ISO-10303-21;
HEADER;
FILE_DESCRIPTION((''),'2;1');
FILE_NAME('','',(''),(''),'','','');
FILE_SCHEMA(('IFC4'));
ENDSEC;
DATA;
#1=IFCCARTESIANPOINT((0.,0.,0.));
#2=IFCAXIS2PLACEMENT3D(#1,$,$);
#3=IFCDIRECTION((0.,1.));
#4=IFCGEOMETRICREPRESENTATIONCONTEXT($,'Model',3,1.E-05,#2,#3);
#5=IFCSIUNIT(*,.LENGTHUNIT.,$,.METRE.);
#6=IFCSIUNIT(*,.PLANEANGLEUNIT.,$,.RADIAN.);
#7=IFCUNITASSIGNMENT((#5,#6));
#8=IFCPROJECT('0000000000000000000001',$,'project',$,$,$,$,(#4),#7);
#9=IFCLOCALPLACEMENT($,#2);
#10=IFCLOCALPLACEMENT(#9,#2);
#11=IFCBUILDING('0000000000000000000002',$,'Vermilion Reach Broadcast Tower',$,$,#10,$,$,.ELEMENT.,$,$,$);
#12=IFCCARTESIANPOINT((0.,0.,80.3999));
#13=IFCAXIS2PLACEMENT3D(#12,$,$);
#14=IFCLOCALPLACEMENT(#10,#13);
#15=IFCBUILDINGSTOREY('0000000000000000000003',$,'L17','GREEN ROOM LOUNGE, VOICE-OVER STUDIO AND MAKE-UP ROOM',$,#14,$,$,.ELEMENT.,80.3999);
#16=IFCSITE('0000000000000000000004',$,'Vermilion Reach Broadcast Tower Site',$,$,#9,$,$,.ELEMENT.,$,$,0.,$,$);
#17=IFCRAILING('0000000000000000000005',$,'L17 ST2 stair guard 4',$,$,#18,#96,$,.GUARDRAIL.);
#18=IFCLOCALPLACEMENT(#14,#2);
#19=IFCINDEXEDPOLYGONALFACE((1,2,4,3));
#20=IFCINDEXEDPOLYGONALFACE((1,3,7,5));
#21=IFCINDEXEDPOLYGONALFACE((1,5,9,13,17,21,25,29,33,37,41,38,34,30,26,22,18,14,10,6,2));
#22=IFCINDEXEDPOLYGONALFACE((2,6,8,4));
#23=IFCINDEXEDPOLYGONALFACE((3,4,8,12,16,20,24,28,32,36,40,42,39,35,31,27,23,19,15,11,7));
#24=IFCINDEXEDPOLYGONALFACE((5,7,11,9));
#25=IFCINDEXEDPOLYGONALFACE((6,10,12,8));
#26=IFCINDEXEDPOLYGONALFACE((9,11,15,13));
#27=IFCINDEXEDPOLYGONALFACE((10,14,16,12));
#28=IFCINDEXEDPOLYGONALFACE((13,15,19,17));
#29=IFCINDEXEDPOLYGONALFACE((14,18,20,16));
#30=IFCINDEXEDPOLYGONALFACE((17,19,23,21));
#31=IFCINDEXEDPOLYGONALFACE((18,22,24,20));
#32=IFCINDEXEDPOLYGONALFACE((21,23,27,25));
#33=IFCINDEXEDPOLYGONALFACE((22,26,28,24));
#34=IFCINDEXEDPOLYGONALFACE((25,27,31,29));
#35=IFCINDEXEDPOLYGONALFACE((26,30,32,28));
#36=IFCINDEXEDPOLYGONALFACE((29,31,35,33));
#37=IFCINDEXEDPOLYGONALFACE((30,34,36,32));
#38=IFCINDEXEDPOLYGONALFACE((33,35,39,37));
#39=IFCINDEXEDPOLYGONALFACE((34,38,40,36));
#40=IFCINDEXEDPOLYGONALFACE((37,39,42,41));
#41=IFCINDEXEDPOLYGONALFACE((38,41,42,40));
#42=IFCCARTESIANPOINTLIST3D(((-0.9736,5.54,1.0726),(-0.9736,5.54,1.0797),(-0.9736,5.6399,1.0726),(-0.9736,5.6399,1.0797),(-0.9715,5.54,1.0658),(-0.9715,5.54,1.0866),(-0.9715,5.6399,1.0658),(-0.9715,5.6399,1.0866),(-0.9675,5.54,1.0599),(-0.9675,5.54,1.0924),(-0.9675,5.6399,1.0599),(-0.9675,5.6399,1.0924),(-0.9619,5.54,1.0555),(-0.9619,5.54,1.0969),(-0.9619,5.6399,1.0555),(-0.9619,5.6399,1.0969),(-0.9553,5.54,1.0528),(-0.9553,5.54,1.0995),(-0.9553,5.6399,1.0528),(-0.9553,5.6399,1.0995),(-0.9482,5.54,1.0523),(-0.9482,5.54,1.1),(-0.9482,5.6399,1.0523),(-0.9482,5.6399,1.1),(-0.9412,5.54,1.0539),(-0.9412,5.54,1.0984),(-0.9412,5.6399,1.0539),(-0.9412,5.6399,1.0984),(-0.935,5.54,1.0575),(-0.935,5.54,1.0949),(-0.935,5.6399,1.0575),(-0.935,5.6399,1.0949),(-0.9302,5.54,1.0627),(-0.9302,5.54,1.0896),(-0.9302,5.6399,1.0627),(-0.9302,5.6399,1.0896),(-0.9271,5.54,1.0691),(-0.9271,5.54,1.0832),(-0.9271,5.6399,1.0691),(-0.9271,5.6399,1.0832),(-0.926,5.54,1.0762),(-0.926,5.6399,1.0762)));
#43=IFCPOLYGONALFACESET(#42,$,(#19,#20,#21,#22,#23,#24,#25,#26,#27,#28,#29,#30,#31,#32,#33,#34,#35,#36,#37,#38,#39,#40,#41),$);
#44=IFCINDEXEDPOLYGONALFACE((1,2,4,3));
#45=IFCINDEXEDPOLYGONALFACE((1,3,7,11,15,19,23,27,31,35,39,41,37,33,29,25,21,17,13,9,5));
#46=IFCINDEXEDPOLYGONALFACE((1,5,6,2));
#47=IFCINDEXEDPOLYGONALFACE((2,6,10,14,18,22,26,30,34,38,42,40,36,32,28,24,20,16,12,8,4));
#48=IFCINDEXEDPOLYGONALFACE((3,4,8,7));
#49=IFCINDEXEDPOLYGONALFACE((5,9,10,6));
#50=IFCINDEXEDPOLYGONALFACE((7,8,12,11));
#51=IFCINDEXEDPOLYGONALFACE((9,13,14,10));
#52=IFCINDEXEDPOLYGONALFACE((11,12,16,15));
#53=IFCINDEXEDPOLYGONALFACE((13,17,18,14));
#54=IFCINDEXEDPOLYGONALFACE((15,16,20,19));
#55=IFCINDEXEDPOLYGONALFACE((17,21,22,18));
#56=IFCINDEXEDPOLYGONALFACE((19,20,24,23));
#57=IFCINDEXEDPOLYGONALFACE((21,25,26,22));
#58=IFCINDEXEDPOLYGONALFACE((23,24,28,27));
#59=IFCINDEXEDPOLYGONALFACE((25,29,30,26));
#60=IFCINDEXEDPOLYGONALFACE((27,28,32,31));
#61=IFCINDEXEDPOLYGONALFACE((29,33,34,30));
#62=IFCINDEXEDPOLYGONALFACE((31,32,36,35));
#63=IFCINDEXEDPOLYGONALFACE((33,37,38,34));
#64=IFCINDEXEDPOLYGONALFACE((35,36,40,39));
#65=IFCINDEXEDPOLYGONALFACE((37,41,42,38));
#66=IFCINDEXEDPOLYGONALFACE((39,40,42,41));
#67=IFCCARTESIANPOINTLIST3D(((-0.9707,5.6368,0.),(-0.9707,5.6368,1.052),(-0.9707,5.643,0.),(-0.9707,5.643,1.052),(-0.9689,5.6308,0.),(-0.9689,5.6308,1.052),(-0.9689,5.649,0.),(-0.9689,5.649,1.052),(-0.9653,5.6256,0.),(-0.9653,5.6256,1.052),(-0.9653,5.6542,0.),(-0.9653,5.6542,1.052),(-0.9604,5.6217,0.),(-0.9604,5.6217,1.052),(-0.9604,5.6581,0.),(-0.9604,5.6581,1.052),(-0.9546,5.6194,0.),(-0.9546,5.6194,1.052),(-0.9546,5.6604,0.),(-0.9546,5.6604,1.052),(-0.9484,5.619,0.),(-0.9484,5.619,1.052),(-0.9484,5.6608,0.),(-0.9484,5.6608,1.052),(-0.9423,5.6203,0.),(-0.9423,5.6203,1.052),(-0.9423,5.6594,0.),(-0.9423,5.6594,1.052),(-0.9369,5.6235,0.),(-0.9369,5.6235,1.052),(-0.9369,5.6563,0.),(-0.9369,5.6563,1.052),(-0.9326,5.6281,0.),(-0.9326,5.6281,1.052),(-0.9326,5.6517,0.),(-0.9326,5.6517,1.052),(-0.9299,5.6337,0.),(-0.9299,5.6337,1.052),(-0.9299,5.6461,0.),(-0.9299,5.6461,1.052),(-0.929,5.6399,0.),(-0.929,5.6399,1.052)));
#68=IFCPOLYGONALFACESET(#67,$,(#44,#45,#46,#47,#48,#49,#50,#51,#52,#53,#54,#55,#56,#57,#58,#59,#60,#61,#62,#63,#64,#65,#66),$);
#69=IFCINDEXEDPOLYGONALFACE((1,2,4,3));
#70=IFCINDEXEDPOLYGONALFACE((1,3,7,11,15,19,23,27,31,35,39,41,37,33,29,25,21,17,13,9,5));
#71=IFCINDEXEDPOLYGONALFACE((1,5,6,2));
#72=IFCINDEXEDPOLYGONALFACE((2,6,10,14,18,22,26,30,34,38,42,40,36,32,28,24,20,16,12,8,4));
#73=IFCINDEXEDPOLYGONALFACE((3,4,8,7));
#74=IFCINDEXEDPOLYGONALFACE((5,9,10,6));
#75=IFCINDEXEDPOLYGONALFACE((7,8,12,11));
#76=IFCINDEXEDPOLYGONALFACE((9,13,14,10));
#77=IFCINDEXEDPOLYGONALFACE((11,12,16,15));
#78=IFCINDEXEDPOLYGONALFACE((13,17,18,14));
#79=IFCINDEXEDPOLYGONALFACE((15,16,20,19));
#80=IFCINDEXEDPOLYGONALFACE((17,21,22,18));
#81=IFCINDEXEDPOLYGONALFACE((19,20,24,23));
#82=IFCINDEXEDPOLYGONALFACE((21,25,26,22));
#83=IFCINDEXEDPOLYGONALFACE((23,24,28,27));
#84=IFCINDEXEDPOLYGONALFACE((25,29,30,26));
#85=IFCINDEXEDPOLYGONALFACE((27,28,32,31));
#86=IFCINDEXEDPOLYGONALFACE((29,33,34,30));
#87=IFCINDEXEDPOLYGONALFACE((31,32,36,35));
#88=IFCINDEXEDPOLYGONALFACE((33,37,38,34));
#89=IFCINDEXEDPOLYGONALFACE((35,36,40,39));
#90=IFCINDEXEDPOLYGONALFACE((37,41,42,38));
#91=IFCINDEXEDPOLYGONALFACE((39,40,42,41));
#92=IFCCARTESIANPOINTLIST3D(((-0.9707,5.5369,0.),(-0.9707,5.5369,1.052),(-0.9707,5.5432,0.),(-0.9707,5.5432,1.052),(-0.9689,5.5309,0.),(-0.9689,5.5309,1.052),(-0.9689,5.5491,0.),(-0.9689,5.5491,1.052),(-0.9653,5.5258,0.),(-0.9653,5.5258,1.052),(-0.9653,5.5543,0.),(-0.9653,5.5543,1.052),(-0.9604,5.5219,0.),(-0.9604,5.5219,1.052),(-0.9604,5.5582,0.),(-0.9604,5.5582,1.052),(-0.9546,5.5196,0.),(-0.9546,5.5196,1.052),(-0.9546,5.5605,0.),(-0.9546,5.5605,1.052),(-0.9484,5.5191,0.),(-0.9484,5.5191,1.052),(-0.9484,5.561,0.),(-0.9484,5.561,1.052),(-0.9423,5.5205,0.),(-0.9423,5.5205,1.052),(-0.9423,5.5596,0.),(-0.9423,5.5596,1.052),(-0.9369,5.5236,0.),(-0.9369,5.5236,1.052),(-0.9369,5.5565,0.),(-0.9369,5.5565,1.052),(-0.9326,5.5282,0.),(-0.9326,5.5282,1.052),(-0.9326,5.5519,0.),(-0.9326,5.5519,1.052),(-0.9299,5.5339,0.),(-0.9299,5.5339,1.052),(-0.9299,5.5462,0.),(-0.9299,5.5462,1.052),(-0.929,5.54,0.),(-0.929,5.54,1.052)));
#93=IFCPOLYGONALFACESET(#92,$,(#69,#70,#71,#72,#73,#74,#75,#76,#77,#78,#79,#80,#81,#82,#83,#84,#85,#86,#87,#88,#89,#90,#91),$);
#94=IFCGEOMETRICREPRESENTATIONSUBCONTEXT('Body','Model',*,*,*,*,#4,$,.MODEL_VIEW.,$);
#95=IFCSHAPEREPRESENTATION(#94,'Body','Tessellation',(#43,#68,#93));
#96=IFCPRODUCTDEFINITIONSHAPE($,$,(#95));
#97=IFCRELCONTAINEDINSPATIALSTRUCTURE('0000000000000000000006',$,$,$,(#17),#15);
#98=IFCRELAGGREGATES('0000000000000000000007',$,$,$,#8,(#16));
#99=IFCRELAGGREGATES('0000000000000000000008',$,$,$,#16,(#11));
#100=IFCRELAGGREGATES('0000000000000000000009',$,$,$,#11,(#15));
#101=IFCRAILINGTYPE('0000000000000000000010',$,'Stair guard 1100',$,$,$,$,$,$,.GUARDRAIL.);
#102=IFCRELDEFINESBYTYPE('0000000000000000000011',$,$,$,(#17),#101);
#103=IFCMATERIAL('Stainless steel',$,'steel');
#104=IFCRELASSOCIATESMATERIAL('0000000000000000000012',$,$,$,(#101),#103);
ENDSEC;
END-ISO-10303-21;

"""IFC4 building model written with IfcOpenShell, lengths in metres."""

from ifc_helpers import new_model, si_unit, direction, frame, origin, origin_2d, place, context, subcontext, project, spatial, circle, extrude, material, type_object, element, save


model = new_model("IFC4")

# Units and contexts
model_context = context("Model", 3, precision=1e-05, world=origin(), true_north=direction((0.0, 1.0)))
body_context = subcontext(model_context, "Body", "Model", "MODEL_VIEW")
ifc_project = project(units=[si_unit("LENGTHUNIT", "METRE"), si_unit("PLANEANGLEUNIT", "RADIAN")], contexts=[model_context])

# Site, building, storey
site_placement = place(None, origin())
site = spatial("IfcSite", under=ifc_project, at=site_placement, Name="Vermilion Reach Broadcast Tower Site", CompositionType="ELEMENT", RefElevation=0.0)
building_placement = place(site_placement, origin())
building = spatial("IfcBuilding", under=site, at=building_placement, Name="Vermilion Reach Broadcast Tower", CompositionType="ELEMENT")
storey_placement = place(building_placement, frame((0.0, 0.0, 80.3999)))
storey = spatial("IfcBuildingStorey", under=building, at=storey_placement, Name="L17", Description="GREEN ROOM LOUNGE, VOICE-OVER STUDIO AND MAKE-UP ROOM", CompositionType="ELEMENT", Elevation=80.3999)

# Railing
ifc_material_1 = material(Name="Stainless steel", Category="steel")
railing_type_1 = type_object("IfcRailingType", Name="Stair guard 1100", PredefinedType="GUARDRAIL", material=ifc_material_1)
railing_1_placement = place(storey_placement, frame((-0.95, 5.6399, 0.0)))
element("IfcRailing", 1, at=railing_1_placement, inside=storey, type_object=railing_type_1, Name="L17 ST2 stair guard 4", PredefinedType="GUARDRAIL", context=body_context, shape_type="SweptSolid", body=[
    extrude(circle(Radius=0.0239, at=origin_2d()), frame((0.0, 0.0, 1.0762), z_axis=(0.0, -1.0, 0.0), x_axis=(1.0, 0.0, 0.0)), (0.0, 0.0, 1.0), 0.0999),
    extrude(circle(Radius=0.021, at=origin_2d()), origin(), (0.0, 0.0, 1.0), 1.052),
    extrude(circle(Radius=0.021, at=origin_2d()), frame((0.0, -0.0999, 0.0)), (0.0, 0.0, 1.0), 1.052),
])

save(model, "model.ifc")
